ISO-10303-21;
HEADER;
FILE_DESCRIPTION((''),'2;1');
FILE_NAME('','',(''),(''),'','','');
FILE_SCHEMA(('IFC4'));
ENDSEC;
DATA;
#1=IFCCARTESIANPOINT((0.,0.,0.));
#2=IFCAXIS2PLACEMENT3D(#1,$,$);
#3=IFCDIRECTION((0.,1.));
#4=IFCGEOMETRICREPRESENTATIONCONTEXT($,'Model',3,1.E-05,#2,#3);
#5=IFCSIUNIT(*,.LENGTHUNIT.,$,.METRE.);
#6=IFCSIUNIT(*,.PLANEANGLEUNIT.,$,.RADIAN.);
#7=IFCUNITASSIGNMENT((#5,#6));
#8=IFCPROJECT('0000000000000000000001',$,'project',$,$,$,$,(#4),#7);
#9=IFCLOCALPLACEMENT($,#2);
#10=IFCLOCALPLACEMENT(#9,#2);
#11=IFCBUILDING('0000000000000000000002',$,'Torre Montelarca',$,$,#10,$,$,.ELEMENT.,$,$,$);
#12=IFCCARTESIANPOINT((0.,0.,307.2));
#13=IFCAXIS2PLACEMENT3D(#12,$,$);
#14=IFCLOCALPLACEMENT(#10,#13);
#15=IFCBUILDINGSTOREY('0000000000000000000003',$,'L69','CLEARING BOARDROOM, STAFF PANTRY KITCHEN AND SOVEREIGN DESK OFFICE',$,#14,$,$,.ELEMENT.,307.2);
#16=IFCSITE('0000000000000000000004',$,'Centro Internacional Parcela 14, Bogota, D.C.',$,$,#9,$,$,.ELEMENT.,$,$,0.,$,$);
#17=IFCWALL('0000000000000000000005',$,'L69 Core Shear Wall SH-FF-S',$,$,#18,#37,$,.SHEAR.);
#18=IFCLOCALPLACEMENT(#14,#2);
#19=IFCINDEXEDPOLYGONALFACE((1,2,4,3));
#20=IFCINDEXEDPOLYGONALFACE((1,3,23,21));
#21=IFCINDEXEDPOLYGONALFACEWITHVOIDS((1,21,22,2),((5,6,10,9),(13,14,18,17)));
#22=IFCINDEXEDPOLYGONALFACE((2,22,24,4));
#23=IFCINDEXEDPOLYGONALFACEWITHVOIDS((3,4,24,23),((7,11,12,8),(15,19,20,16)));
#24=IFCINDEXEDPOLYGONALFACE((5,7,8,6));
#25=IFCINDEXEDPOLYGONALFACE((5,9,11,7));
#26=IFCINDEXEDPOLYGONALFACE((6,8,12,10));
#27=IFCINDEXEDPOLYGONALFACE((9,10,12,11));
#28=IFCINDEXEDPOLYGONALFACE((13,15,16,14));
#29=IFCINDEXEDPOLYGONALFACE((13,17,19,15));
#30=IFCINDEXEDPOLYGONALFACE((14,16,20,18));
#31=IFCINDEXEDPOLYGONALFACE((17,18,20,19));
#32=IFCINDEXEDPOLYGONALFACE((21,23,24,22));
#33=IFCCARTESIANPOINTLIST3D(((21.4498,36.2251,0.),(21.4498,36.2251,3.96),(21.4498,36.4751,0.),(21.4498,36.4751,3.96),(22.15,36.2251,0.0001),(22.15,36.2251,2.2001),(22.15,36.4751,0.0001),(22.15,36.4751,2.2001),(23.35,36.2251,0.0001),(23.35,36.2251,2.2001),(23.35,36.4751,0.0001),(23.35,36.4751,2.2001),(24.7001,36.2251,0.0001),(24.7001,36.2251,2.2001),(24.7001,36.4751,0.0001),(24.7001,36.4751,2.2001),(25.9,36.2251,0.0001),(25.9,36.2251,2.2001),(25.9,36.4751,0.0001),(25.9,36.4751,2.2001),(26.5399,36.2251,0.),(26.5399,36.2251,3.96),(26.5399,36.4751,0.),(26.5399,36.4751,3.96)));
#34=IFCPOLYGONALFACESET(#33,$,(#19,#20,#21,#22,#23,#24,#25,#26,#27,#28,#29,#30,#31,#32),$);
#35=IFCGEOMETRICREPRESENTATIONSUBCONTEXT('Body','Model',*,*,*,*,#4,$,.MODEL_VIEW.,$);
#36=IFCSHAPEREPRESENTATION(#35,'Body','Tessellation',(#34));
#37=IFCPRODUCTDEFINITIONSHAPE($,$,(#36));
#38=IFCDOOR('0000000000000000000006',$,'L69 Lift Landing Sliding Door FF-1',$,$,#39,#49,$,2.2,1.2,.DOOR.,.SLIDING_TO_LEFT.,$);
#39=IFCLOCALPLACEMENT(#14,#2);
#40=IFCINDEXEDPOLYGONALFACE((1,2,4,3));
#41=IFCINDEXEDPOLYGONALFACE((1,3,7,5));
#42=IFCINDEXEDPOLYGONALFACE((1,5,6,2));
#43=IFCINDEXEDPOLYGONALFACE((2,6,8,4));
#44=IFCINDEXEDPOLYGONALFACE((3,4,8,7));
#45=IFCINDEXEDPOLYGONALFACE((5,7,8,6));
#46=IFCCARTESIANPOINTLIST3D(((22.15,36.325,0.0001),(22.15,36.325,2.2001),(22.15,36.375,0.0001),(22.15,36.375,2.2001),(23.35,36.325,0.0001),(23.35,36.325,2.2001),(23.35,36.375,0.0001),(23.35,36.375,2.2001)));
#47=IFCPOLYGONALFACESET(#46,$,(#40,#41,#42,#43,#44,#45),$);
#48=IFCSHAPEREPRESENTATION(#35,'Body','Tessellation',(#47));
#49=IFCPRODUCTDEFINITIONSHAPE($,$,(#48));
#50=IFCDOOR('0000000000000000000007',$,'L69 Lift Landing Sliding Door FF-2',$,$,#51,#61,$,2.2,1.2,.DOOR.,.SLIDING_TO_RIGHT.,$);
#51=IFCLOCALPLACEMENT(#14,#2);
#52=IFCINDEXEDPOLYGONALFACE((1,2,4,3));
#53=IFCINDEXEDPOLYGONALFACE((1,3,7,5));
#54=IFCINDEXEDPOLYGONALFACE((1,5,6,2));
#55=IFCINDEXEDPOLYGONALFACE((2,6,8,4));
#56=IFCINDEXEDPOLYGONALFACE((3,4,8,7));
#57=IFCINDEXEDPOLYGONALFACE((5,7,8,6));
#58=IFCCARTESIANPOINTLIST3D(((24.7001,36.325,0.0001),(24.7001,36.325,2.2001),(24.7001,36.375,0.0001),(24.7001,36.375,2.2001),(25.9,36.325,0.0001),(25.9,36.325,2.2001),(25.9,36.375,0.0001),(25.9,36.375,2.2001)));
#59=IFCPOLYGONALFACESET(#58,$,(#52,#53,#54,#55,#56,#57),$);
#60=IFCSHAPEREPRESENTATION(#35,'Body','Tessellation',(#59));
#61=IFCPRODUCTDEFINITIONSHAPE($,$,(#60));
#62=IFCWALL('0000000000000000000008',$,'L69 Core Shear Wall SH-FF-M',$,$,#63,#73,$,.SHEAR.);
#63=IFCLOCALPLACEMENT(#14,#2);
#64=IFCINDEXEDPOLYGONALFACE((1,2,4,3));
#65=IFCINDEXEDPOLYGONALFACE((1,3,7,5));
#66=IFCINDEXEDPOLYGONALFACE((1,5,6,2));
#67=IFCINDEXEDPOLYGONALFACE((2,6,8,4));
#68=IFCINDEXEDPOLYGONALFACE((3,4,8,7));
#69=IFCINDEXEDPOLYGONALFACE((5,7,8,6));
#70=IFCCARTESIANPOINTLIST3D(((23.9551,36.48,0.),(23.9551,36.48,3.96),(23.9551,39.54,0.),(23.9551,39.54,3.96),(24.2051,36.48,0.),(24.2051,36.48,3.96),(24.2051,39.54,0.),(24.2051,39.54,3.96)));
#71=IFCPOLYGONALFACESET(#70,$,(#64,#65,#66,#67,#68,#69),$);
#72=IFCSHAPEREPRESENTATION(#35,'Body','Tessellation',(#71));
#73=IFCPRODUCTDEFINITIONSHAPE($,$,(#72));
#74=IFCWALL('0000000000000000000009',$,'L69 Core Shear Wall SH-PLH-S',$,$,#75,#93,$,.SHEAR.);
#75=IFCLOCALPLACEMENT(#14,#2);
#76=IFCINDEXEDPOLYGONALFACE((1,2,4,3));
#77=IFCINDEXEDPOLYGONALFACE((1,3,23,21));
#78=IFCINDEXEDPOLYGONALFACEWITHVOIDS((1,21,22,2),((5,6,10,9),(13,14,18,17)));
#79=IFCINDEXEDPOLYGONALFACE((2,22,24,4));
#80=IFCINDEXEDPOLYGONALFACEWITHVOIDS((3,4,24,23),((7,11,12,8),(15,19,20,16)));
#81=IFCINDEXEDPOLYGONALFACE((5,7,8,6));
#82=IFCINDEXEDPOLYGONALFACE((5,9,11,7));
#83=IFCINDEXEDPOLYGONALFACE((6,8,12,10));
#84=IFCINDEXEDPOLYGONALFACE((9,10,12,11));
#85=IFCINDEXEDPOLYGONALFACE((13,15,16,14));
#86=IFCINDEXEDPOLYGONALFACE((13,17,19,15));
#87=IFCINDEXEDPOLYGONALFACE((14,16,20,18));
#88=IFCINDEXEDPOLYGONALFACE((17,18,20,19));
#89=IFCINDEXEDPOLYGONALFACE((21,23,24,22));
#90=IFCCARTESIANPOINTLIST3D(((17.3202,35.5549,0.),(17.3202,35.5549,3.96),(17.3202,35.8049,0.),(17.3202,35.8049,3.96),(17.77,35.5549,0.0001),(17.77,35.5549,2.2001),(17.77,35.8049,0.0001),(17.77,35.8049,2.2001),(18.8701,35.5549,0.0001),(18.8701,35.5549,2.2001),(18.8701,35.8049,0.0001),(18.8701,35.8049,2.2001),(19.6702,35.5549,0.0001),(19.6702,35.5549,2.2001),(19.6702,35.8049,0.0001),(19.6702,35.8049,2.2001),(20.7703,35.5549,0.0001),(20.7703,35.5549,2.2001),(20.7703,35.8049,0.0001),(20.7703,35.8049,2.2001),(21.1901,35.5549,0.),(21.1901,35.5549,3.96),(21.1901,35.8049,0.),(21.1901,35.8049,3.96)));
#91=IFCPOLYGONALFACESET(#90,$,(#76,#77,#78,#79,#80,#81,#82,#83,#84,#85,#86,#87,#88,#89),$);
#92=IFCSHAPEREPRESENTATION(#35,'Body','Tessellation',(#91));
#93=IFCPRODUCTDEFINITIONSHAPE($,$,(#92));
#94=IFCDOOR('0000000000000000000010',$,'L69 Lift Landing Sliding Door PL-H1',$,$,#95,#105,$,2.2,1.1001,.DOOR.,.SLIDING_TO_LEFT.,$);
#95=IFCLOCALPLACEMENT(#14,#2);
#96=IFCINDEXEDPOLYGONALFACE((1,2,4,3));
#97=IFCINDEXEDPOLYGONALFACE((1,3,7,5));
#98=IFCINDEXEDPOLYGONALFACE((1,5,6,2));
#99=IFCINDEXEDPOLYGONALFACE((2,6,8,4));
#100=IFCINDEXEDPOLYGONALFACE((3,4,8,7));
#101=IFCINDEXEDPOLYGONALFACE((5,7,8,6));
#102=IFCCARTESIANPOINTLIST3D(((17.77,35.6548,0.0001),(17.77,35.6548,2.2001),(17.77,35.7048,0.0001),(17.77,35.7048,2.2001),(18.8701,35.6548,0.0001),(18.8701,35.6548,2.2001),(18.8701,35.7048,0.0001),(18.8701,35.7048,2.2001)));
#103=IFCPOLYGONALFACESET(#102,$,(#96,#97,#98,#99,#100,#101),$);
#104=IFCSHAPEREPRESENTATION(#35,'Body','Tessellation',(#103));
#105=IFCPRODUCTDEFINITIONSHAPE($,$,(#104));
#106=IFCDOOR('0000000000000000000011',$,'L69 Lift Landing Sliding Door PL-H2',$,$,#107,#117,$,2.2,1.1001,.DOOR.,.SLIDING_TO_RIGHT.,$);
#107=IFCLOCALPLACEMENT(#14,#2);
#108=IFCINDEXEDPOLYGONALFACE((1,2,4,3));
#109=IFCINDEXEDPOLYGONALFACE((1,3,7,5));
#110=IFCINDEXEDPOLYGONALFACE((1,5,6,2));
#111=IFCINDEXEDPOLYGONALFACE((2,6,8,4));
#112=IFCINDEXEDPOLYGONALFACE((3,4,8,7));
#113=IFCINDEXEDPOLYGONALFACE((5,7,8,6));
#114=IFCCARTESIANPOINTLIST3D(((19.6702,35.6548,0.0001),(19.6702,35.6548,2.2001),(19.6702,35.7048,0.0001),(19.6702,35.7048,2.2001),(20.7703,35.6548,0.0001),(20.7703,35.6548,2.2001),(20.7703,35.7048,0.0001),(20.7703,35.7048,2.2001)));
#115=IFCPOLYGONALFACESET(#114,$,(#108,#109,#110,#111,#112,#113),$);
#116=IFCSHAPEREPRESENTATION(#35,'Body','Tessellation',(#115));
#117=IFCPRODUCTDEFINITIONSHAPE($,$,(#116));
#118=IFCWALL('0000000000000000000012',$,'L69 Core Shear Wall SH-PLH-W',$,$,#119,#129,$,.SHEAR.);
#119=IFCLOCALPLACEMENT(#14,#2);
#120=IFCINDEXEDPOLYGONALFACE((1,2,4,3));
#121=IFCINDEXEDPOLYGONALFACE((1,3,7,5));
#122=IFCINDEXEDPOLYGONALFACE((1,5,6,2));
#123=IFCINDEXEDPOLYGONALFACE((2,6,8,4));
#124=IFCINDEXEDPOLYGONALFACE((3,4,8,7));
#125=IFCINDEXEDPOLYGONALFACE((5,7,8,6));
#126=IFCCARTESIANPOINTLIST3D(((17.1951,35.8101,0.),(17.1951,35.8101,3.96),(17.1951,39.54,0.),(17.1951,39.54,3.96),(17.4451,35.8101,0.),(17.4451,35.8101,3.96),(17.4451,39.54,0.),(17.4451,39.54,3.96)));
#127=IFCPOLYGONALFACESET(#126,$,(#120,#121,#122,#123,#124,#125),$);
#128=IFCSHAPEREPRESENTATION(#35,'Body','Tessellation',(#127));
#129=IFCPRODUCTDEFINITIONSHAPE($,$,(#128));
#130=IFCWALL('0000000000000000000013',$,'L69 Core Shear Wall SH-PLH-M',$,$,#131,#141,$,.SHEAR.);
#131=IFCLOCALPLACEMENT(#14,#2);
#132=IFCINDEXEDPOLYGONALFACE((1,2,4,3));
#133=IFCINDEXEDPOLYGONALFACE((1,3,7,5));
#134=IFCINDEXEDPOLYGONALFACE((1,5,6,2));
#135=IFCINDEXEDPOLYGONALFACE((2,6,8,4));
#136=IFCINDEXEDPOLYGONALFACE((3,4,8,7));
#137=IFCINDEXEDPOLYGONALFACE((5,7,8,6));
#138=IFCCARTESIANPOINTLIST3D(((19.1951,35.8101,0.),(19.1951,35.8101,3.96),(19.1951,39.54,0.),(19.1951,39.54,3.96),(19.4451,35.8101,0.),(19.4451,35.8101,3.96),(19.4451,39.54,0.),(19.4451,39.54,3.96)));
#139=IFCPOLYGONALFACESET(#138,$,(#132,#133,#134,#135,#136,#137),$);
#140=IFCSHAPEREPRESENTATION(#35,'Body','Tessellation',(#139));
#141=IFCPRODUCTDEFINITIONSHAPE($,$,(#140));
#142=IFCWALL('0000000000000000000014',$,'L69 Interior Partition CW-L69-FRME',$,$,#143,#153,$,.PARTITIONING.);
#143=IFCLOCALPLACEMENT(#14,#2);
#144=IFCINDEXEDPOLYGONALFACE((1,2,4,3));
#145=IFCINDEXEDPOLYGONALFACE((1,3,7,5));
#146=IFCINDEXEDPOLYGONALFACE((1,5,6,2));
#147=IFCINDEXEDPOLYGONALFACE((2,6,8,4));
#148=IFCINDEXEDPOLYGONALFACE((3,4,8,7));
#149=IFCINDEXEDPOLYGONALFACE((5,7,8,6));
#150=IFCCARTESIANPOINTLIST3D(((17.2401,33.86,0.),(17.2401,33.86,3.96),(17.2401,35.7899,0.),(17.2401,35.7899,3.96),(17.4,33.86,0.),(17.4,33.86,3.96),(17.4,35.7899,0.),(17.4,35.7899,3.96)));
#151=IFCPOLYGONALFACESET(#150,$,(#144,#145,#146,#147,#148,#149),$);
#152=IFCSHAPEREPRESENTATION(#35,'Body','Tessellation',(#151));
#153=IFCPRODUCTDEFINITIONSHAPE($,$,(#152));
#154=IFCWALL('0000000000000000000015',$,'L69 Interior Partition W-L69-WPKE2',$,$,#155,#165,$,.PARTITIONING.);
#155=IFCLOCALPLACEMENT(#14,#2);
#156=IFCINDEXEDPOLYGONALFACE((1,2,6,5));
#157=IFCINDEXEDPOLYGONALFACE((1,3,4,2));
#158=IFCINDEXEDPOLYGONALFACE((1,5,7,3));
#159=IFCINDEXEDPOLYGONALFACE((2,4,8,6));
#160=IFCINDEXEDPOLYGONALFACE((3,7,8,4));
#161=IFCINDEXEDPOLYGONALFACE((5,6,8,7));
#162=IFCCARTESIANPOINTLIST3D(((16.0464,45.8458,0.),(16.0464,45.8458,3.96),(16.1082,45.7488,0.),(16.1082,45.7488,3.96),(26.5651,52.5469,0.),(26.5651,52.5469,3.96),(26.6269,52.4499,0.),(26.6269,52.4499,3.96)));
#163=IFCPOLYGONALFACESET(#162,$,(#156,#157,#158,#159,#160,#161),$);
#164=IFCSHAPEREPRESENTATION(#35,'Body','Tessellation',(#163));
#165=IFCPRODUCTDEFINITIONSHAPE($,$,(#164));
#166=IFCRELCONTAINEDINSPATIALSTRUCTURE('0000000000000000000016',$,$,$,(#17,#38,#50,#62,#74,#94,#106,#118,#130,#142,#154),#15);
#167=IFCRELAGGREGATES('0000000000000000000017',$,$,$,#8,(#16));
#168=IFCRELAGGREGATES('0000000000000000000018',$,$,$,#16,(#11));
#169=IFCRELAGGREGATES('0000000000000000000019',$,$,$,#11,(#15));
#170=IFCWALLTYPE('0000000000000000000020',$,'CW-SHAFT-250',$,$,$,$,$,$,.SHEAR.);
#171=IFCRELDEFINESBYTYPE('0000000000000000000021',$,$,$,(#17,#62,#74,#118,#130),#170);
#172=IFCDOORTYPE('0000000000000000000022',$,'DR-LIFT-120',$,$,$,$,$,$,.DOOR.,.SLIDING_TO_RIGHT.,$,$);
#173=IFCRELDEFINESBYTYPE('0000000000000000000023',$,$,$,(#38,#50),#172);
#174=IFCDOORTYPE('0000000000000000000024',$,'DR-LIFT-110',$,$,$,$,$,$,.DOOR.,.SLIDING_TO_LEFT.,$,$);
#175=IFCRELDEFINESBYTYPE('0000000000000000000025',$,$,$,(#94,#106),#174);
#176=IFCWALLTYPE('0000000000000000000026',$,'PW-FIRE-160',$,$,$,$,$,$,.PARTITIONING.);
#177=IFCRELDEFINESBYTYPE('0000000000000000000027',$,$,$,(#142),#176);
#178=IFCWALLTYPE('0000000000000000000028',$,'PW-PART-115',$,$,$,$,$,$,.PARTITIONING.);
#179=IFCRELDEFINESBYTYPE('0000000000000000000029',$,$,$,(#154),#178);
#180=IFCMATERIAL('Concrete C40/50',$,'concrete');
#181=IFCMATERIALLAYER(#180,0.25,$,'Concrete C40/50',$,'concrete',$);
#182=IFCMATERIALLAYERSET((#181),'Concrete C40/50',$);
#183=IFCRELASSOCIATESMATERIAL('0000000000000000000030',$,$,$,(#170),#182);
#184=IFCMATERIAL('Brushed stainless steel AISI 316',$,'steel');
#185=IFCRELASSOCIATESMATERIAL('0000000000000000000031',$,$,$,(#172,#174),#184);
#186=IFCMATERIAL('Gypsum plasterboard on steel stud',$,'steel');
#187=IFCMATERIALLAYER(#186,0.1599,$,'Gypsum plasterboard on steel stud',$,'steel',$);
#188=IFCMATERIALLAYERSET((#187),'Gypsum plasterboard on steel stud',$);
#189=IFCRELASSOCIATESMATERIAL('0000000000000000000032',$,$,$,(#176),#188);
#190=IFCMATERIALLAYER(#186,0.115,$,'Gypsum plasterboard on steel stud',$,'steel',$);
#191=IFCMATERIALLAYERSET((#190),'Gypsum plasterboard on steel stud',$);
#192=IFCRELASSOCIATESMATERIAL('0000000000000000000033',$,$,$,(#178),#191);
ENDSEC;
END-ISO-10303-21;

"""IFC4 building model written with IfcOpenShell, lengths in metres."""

from ifc_helpers import new_model, si_unit, direction, frame, frame_2d, origin, place, context, subcontext, project, spatial, rectangle, extrude, source, transform, mapped, material, layer, layer_set, type_object, element, fill, save


model = new_model("IFC4")

# Units and contexts
model_context = context("Model", 3, precision=1e-05, world=origin(), true_north=direction((0.0, 1.0)))
body_context = subcontext(model_context, "Body", "Model", "MODEL_VIEW")
ifc_project = project(units=[si_unit("LENGTHUNIT", "METRE"), si_unit("PLANEANGLEUNIT", "RADIAN")], contexts=[model_context])

# Site, building, storey
site_placement = place(None, origin())
site = spatial("IfcSite", under=ifc_project, at=site_placement, Name="Centro Internacional Parcela 14, Bogota, D.C.", CompositionType="ELEMENT", RefElevation=0.0)
building_placement = place(site_placement, origin())
building = spatial("IfcBuilding", under=site, at=building_placement, Name="Torre Montelarca", CompositionType="ELEMENT")
storey_placement = place(building_placement, frame((0.0, 0.0, 307.2)))
storey = spatial("IfcBuildingStorey", under=building, at=storey_placement, Name="L69", Description="CLEARING BOARDROOM, STAFF PANTRY KITCHEN AND SOVEREIGN DESK OFFICE", CompositionType="ELEMENT", Elevation=307.2)

# Shared definitions
ifc_material_1 = material(Name="Concrete C40/50", Category="concrete")
ifc_layer_1 = layer(ifc_material_1, 0.25, Name="Concrete C40/50", Category="concrete")
ifc_layer_set_1 = layer_set([ifc_layer_1], Name="Concrete C40/50")
wall_type_1 = type_object("IfcWallType", Name="CW-SHAFT-250", PredefinedType="SHEAR", material=ifc_layer_set_1)

# Wall, openings, doors
wall_1_placement = place(storey_placement, frame((21.45, 36.3501, 0.0), z_axis=(0.0, 0.0, 1.0), x_axis=(1.0, 0.0, 0.0)))
wall_1 = element("IfcWall", 1, at=wall_1_placement, inside=storey, type_object=wall_type_1, Name="L69 Core Shear Wall SH-FF-S", PredefinedType="SHEAR", context=body_context, shape_type="SweptSolid", body=[
    extrude(rectangle(XDim=5.0901, YDim=0.25, at=frame_2d((2.5449, 0.0))), origin(), (0.0, 0.0, 1.0), 3.96),
])
opening_1_placement = place(wall_1_placement, frame((0.7, 0.0, 0.0)))
opening_1 = element("IfcOpeningElement", 2, at=opening_1_placement, cuts=wall_1, PredefinedType="OPENING", context=body_context, shape_type="SweptSolid", body=[
    extrude(rectangle(XDim=1.2, YDim=2.2, at=frame_2d((0.6001, 1.1001))), frame((0.0, 0.135, 0.0), z_axis=(0.0, -1.0, 0.0), x_axis=(1.0, 0.0, 0.0)), (0.0, 0.0, 1.0), 0.27),
])
opening_2_placement = place(wall_1_placement, frame((3.25, 0.0, 0.0)))
opening_2 = element("IfcOpeningElement", 3, at=opening_2_placement, cuts=wall_1, PredefinedType="OPENING", context=body_context, shape_type="SweptSolid", body=[
    extrude(rectangle(XDim=1.2, YDim=2.2, at=frame_2d((0.6001, 1.1001))), frame((0.0, 0.135, 0.0), z_axis=(0.0, -1.0, 0.0), x_axis=(1.0, 0.0, 0.0)), (0.0, 0.0, 1.0), 0.27),
])
ifc_material_2 = material(Name="Brushed stainless steel AISI 316", Category="steel")
door_type_1 = type_object("IfcDoorType", Name="DR-LIFT-120", OperationType="SLIDING_TO_RIGHT", PredefinedType="DOOR", material=ifc_material_2)
shared_shape_1 = source(origin(), body_context, "Body", "SweptSolid", [
    extrude(rectangle(XDim=1.2, YDim=2.2, at=frame_2d((0.6001, 1.1001))), frame((0.0, 0.0249, 0.0), z_axis=(0.0, -1.0, 0.0), x_axis=(1.0, 0.0, 0.0)), (0.0, 0.0, 1.0), 0.05),
])
door_1_placement = place(opening_1_placement, origin())
door_1 = element("IfcDoor", 4, at=door_1_placement, inside=storey, type_object=door_type_1, Name="L69 Lift Landing Sliding Door FF-1", OperationType="SLIDING_TO_LEFT", OverallHeight=2.2, OverallWidth=1.2, PredefinedType="DOOR", context=body_context, shape_type="MappedRepresentation", body=[
    mapped(shared_shape_1, transform((0.0, 0.0, 0.0), scale=1.0)),
])
fill(opening_1, door_1)
door_2_placement = place(opening_2_placement, origin())
door_2 = element("IfcDoor", 5, at=door_2_placement, inside=storey, type_object=door_type_1, Name="L69 Lift Landing Sliding Door FF-2", OperationType="SLIDING_TO_RIGHT", OverallHeight=2.2, OverallWidth=1.2, PredefinedType="DOOR", context=body_context, shape_type="MappedRepresentation", body=[
    mapped(shared_shape_1, transform((0.0, 0.0, 0.0), scale=1.0)),
])
fill(opening_2, door_2)

# Wall
wall_2_placement = place(storey_placement, frame((24.0801, 36.48, 0.0), z_axis=(0.0, 0.0, 1.0), x_axis=(0.0, 1.0, 0.0)))
element("IfcWall", 6, at=wall_2_placement, inside=storey, type_object=wall_type_1, Name="L69 Core Shear Wall SH-FF-M", PredefinedType="SHEAR", context=body_context, shape_type="SweptSolid", body=[
    extrude(rectangle(XDim=3.0601, YDim=0.25, at=frame_2d((1.53, 0.0))), origin(), (0.0, 0.0, 1.0), 3.96),
])

# Wall, openings, doors
wall_3_placement = place(storey_placement, frame((17.3201, 35.6799, 0.0), z_axis=(0.0, 0.0, 1.0), x_axis=(1.0, 0.0, 0.0)))
wall_3 = element("IfcWall", 7, at=wall_3_placement, inside=storey, type_object=wall_type_1, Name="L69 Core Shear Wall SH-PLH-S", PredefinedType="SHEAR", context=body_context, shape_type="SweptSolid", body=[
    extrude(rectangle(XDim=3.8699, YDim=0.25, at=frame_2d((1.9351, 0.0))), origin(), (0.0, 0.0, 1.0), 3.96),
])
opening_3_placement = place(wall_3_placement, frame((0.45, 0.0, 0.0)))
opening_3 = element("IfcOpeningElement", 8, at=opening_3_placement, cuts=wall_3, PredefinedType="OPENING", context=body_context, shape_type="SweptSolid", body=[
    extrude(rectangle(XDim=1.1001, YDim=2.2, at=frame_2d((0.55, 1.1001))), frame((0.0, 0.135, 0.0), z_axis=(0.0, -1.0, 0.0), x_axis=(1.0, 0.0, 0.0)), (0.0, 0.0, 1.0), 0.27),
])
opening_4_placement = place(wall_3_placement, frame((2.3501, 0.0, 0.0)))
opening_4 = element("IfcOpeningElement", 9, at=opening_4_placement, cuts=wall_3, PredefinedType="OPENING", context=body_context, shape_type="SweptSolid", body=[
    extrude(rectangle(XDim=1.1001, YDim=2.2, at=frame_2d((0.55, 1.1001))), frame((0.0, 0.135, 0.0), z_axis=(0.0, -1.0, 0.0), x_axis=(1.0, 0.0, 0.0)), (0.0, 0.0, 1.0), 0.27),
])
door_type_2 = type_object("IfcDoorType", Name="DR-LIFT-110", OperationType="SLIDING_TO_LEFT", PredefinedType="DOOR", material=ifc_material_2)
shared_shape_2 = source(origin(), body_context, "Body", "SweptSolid", [
    extrude(rectangle(XDim=1.1001, YDim=2.2, at=frame_2d((0.55, 1.1001))), frame((0.0, 0.0249, 0.0), z_axis=(0.0, -1.0, 0.0), x_axis=(1.0, 0.0, 0.0)), (0.0, 0.0, 1.0), 0.05),
])
door_3_placement = place(opening_3_placement, origin())
door_3 = element("IfcDoor", 10, at=door_3_placement, inside=storey, type_object=door_type_2, Name="L69 Lift Landing Sliding Door PL-H1", OperationType="SLIDING_TO_LEFT", OverallHeight=2.2, OverallWidth=1.1001, PredefinedType="DOOR", context=body_context, shape_type="MappedRepresentation", body=[
    mapped(shared_shape_2, transform((0.0, 0.0, 0.0), scale=1.0)),
])
fill(opening_3, door_3)
door_4_placement = place(opening_4_placement, origin())
door_4 = element("IfcDoor", 11, at=door_4_placement, inside=storey, type_object=door_type_2, Name="L69 Lift Landing Sliding Door PL-H2", OperationType="SLIDING_TO_RIGHT", OverallHeight=2.2, OverallWidth=1.1001, PredefinedType="DOOR", context=body_context, shape_type="MappedRepresentation", body=[
    mapped(shared_shape_2, transform((0.0, 0.0, 0.0), scale=1.0)),
])
fill(opening_4, door_4)

# Walls
for number, where, z_axis, x_axis, name in (
    (12, (17.3201, 35.8101, 0.0), (0.0, 0.0, 1.0), (0.0, 1.0, 0.0), "L69 Core Shear Wall SH-PLH-W"),
    (13, (19.3201, 35.8101, 0.0), (0.0, 0.0, 1.0), (0.0, 1.0, 0.0), "L69 Core Shear Wall SH-PLH-M"),
):
    element("IfcWall", number, at=place(storey_placement, frame(where, z_axis=z_axis, x_axis=x_axis)), inside=storey, type_object=wall_type_1, Name=name, PredefinedType="SHEAR", context=body_context, shape_type="SweptSolid", body=[
        extrude(rectangle(XDim=3.73, YDim=0.25, at=frame_2d((1.865, 0.0))), origin(), (0.0, 0.0, 1.0), 3.96),
    ])
ifc_material_3 = material(Name="Gypsum plasterboard on steel stud", Category="steel")
ifc_layer_2 = layer(ifc_material_3, 0.1599, Name="Gypsum plasterboard on steel stud", Category="steel")
ifc_layer_set_2 = layer_set([ifc_layer_2], Name="Gypsum plasterboard on steel stud")
wall_type_2 = type_object("IfcWallType", Name="PW-FIRE-160", PredefinedType="PARTITIONING", material=ifc_layer_set_2)
wall_4_placement = place(storey_placement, frame((17.3201, 33.8601, 0.0), z_axis=(0.0, 0.0, 1.0), x_axis=(0.0, 1.0, 0.0)))
element("IfcWall", 14, at=wall_4_placement, inside=storey, type_object=wall_type_2, Name="L69 Interior Partition CW-L69-FRME", PredefinedType="PARTITIONING", context=body_context, shape_type="SweptSolid", body=[
    extrude(rectangle(XDim=1.9299, YDim=0.1599, at=frame_2d((0.9648, 0.0))), origin(), (0.0, 0.0, 1.0), 3.96),
])
ifc_layer_3 = layer(ifc_material_3, 0.115, Name="Gypsum plasterboard on steel stud", Category="steel")
ifc_layer_set_3 = layer_set([ifc_layer_3], Name="Gypsum plasterboard on steel stud")
wall_type_3 = type_object("IfcWallType", Name="PW-PART-115", PredefinedType="PARTITIONING", material=ifc_layer_set_3)
wall_5_placement = place(storey_placement, frame((16.0774, 45.7974, 0.0), z_axis=(0.0, 0.0, 1.0), x_axis=(0.843393, 0.537297, 0.0)))
element("IfcWall", 15, at=wall_5_placement, inside=storey, type_object=wall_type_3, Name="L69 Interior Partition W-L69-WPKE2", PredefinedType="PARTITIONING", context=body_context, shape_type="SweptSolid", body=[
    extrude(rectangle(XDim=12.4719, YDim=0.115, at=frame_2d((6.2358, 0.0))), origin(), (0.0, 0.0, 1.0), 3.96),
])

save(model, "model.ifc")
